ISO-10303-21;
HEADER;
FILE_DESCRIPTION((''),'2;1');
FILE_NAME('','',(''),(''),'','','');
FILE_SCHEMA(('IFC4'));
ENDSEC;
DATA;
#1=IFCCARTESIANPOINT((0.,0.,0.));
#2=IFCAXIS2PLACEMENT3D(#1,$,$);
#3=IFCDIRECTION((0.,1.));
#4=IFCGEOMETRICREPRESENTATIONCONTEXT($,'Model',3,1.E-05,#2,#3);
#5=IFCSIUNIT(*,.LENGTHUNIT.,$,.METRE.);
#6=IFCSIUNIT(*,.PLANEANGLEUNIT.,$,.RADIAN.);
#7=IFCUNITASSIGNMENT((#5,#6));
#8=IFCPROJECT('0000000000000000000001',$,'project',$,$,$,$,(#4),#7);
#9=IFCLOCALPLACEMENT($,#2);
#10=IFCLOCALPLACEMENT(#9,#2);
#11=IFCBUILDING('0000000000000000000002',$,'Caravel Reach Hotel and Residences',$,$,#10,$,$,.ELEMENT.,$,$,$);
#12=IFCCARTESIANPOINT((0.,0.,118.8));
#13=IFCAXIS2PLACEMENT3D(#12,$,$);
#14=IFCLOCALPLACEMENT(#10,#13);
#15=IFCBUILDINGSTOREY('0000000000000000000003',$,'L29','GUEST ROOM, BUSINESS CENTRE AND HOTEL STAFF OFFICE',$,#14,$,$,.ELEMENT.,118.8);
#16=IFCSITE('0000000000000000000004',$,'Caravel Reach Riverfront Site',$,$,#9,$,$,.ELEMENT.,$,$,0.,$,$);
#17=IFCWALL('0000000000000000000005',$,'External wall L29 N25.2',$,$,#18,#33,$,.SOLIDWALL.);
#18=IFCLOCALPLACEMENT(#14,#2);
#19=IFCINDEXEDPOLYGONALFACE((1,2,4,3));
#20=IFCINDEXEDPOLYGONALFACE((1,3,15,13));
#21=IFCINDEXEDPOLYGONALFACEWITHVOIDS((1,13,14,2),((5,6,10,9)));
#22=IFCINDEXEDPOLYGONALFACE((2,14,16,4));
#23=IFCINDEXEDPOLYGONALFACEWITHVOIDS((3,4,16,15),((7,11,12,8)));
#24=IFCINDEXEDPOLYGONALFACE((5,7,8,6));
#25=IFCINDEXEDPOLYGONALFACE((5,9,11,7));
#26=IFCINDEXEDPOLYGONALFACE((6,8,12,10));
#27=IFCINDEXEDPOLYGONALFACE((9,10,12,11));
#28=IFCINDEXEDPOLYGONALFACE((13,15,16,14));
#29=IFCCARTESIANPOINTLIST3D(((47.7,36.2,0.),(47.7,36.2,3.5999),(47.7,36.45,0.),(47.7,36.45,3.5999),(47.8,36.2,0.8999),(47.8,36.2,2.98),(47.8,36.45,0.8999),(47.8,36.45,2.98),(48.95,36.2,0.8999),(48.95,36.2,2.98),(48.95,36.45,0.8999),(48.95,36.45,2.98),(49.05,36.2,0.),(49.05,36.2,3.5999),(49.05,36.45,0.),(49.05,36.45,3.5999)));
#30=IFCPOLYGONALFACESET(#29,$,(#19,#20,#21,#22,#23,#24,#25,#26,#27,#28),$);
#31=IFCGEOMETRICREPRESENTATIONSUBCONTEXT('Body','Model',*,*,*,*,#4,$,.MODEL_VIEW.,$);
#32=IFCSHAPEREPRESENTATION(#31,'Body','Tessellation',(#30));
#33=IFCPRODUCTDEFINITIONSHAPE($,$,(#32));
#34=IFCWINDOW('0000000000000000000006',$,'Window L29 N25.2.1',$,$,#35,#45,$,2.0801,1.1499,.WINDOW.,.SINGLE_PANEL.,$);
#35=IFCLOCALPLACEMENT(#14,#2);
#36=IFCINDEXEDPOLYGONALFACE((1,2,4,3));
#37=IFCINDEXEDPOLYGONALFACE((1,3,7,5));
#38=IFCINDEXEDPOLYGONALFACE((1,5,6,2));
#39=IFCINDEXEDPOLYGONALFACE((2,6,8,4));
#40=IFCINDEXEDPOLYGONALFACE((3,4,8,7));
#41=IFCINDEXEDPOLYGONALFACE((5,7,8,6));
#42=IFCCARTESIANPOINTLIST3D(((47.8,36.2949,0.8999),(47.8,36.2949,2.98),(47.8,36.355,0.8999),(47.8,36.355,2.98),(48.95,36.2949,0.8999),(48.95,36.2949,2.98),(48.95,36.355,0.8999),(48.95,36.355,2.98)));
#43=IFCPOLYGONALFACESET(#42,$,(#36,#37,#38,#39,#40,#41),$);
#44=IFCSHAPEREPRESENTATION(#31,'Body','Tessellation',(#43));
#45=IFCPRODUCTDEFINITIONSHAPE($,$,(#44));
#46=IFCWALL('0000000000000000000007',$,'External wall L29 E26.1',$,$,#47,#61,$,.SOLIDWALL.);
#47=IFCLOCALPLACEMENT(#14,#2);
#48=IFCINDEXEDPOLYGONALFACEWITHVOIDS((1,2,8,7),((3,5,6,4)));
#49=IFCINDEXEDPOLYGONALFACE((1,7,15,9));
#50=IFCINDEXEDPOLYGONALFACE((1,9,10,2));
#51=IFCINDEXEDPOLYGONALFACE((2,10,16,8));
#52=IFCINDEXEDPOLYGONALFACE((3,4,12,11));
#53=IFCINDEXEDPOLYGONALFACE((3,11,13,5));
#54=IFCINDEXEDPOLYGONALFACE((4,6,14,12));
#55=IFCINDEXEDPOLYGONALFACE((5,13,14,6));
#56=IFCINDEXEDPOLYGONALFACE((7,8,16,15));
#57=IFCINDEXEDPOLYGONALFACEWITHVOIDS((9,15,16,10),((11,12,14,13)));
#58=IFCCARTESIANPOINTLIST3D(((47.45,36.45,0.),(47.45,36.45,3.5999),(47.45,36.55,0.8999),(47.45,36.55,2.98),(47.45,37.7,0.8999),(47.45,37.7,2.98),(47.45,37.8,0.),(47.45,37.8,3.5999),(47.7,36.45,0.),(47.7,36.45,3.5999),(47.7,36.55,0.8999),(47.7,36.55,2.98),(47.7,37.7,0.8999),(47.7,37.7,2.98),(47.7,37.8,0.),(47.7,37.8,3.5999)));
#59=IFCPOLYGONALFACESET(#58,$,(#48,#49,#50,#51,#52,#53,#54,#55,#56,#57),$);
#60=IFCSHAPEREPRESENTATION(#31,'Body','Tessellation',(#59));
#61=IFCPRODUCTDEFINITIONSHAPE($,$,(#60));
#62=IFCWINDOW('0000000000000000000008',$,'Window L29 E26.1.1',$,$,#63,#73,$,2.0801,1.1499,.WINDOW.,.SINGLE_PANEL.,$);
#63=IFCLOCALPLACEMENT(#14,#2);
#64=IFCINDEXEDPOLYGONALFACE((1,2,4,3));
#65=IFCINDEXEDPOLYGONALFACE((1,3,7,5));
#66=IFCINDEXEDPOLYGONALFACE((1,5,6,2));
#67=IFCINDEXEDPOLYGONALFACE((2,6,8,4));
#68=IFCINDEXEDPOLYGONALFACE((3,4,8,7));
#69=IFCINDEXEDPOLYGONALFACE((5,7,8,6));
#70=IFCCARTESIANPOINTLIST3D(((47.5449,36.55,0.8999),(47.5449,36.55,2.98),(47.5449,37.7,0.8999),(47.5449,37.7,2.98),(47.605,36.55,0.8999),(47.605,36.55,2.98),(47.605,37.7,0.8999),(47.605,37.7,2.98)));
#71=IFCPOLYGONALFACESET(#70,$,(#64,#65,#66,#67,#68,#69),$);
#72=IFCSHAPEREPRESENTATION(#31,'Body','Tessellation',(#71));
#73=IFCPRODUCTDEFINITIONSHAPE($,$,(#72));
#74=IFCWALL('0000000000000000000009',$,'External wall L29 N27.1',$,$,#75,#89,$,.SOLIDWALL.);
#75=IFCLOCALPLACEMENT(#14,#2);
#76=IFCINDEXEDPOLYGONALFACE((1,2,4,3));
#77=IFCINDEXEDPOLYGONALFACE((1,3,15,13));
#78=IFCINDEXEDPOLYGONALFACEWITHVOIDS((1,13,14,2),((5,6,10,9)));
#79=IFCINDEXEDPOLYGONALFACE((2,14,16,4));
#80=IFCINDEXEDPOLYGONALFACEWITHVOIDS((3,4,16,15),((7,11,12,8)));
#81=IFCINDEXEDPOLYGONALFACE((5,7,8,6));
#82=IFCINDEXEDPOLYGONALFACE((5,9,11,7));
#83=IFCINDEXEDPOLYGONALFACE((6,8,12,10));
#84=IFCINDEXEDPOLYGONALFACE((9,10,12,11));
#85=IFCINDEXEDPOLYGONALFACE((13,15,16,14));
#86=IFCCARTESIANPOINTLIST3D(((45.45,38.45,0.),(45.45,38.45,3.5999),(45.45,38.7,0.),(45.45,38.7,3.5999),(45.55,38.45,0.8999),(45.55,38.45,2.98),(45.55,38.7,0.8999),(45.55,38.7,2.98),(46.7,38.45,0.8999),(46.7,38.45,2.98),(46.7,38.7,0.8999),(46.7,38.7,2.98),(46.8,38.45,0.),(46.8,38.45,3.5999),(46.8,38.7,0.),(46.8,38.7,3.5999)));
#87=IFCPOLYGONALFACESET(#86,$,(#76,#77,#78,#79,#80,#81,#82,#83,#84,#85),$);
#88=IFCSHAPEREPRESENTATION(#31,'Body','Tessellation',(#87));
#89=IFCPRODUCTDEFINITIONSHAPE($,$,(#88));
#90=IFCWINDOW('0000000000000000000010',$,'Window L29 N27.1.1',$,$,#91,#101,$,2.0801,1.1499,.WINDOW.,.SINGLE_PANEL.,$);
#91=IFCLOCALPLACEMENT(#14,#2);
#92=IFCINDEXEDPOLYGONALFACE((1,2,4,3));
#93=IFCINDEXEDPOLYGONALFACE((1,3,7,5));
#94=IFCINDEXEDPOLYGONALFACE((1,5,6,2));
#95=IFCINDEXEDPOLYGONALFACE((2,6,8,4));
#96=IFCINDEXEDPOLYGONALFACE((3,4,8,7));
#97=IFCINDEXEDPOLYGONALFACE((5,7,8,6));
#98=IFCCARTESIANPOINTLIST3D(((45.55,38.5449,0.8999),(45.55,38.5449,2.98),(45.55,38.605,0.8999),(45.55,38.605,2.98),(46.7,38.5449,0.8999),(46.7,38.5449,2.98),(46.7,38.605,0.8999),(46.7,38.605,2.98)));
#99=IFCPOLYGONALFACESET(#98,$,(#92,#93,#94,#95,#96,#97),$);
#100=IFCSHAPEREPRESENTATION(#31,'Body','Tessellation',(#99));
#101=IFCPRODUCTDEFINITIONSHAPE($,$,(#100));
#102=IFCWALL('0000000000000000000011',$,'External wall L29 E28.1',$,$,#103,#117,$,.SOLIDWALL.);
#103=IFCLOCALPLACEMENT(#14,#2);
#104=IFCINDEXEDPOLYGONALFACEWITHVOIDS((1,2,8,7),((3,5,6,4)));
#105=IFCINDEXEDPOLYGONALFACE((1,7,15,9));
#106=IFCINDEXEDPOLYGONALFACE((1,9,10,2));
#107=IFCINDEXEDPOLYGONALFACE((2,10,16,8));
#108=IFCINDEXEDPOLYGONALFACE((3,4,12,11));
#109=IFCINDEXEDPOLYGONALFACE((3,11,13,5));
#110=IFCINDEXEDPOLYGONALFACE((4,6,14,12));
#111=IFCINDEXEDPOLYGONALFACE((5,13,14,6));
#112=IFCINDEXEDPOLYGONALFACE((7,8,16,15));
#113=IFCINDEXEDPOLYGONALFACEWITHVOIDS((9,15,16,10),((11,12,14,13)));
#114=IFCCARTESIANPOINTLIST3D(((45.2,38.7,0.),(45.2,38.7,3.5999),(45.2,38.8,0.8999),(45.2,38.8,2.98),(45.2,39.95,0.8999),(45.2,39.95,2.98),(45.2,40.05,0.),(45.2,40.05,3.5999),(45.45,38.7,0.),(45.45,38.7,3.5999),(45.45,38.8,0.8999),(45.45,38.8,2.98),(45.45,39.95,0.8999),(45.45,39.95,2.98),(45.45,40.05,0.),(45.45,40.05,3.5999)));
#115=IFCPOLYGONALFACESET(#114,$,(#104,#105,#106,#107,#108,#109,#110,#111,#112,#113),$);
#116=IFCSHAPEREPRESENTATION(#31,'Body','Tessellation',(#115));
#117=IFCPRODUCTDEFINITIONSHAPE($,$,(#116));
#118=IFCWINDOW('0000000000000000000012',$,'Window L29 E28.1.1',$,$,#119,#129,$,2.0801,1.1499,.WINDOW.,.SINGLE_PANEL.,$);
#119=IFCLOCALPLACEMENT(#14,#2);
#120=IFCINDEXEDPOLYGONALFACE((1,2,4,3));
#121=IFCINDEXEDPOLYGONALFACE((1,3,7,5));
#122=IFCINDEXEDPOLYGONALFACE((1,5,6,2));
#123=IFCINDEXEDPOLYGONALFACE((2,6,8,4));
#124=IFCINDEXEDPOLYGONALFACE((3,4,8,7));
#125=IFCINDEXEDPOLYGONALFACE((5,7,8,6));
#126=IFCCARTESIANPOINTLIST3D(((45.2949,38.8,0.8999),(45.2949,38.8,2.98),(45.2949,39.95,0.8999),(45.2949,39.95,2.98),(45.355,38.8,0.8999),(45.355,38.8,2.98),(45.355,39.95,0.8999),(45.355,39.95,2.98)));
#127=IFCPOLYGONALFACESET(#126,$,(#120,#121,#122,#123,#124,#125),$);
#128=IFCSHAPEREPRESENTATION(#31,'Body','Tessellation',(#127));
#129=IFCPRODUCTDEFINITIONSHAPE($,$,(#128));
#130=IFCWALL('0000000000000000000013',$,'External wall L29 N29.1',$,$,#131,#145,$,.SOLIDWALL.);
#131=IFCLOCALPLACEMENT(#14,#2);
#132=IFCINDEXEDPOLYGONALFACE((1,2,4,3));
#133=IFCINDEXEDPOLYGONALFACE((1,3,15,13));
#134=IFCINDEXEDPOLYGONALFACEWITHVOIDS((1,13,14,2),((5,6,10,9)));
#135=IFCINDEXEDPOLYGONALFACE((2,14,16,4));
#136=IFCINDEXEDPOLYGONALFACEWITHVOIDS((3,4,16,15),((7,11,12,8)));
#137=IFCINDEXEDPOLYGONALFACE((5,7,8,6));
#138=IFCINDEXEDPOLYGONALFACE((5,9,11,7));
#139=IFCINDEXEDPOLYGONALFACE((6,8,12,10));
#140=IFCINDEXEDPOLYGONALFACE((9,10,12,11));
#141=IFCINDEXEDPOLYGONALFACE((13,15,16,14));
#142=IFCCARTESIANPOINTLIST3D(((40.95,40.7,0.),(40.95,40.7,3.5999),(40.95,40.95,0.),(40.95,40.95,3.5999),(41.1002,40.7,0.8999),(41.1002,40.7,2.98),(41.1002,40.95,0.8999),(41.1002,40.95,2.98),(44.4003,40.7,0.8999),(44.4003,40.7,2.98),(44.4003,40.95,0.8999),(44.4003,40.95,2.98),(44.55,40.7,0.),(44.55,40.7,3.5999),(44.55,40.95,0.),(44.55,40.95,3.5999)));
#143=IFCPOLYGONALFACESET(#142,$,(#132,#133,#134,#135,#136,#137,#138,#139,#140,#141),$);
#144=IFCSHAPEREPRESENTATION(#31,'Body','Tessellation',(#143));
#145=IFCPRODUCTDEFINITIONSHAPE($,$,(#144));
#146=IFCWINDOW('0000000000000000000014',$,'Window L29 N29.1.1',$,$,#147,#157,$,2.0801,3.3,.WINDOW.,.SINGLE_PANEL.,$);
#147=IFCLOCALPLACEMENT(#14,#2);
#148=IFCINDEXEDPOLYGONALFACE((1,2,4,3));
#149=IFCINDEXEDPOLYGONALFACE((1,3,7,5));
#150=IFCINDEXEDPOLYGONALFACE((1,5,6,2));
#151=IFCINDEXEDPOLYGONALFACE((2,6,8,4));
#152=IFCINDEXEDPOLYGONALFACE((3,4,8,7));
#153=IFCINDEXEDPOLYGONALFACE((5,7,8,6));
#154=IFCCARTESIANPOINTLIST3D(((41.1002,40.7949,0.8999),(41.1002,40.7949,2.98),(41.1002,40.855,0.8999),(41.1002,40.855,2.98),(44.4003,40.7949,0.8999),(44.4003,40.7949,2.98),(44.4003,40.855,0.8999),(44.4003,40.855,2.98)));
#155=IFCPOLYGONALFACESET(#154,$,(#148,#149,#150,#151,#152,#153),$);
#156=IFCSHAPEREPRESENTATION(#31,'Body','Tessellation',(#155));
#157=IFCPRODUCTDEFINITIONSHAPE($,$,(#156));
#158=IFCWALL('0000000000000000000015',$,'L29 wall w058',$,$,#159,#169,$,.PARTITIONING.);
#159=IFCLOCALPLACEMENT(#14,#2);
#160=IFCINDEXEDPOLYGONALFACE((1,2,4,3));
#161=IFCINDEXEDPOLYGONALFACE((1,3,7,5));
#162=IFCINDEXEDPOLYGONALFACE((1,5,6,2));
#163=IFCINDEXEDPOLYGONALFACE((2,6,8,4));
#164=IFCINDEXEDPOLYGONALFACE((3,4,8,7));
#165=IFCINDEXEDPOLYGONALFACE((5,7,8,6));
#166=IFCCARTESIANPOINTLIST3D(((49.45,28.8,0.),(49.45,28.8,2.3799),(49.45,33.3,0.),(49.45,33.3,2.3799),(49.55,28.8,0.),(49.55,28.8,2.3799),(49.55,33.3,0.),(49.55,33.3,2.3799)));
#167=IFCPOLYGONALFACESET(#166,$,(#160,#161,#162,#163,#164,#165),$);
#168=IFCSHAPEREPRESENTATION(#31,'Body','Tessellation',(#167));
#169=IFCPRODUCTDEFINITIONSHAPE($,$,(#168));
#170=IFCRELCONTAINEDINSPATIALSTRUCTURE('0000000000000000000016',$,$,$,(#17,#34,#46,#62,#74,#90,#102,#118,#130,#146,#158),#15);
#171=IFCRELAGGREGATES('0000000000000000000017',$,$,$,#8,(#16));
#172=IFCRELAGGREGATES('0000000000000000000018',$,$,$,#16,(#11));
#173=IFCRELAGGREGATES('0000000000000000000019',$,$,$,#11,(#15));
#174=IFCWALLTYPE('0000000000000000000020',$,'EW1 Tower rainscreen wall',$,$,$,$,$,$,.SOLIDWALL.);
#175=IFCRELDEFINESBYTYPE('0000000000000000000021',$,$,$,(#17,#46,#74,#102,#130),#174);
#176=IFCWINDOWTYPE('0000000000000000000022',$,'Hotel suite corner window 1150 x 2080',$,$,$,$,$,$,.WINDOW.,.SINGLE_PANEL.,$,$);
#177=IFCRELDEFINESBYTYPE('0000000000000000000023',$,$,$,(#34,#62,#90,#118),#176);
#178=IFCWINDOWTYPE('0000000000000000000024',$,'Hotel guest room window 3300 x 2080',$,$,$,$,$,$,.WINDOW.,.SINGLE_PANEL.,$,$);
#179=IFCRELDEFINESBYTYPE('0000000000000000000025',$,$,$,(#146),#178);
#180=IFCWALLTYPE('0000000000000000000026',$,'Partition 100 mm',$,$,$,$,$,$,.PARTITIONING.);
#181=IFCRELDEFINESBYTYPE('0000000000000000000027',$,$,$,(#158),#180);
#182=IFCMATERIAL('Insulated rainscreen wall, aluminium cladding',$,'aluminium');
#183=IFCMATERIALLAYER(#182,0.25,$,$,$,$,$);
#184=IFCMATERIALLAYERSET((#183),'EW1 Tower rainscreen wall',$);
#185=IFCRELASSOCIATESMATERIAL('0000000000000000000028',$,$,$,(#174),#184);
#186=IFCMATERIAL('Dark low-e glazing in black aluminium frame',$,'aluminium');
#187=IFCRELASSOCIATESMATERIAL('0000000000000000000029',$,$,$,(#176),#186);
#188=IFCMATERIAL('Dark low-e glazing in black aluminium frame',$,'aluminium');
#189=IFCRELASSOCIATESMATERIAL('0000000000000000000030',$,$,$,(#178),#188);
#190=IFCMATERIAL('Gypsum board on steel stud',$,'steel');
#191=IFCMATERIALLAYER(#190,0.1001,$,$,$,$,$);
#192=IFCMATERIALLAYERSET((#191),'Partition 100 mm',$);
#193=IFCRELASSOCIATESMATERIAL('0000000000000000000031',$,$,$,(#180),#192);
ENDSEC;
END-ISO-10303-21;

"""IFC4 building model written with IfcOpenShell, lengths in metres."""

from ifc_helpers import new_model, si_unit, direction, frame, frame_2d, origin, place, context, subcontext, project, spatial, rectangle, extrude, material, layer, layer_set, type_object, element, fill, save


model = new_model("IFC4")

# Units and contexts
model_context = context("Model", 3, precision=1e-05, world=origin(), true_north=direction((0.0, 1.0)))
body_context = subcontext(model_context, "Body", "Model", "MODEL_VIEW")
ifc_project = project(units=[si_unit("LENGTHUNIT", "METRE"), si_unit("PLANEANGLEUNIT", "RADIAN")], contexts=[model_context])

# Site, building, storey
site_placement = place(None, origin())
site = spatial("IfcSite", under=ifc_project, at=site_placement, Name="Caravel Reach Riverfront Site", CompositionType="ELEMENT", RefElevation=0.0)
building_placement = place(site_placement, origin())
building = spatial("IfcBuilding", under=site, at=building_placement, Name="Caravel Reach Hotel and Residences", CompositionType="ELEMENT")
storey_placement = place(building_placement, frame((0.0, 0.0, 118.8)))
storey = spatial("IfcBuildingStorey", under=building, at=storey_placement, Name="L29", Description="GUEST ROOM, BUSINESS CENTRE AND HOTEL STAFF OFFICE", CompositionType="ELEMENT", Elevation=118.8)

# Walls, openings, windows
ifc_material_1 = material(Name="Insulated rainscreen wall, aluminium cladding", Category="aluminium")
ifc_layer_1 = layer(ifc_material_1, 0.25)
ifc_layer_set_1 = layer_set([ifc_layer_1], Name="EW1 Tower rainscreen wall")
wall_type_1 = type_object("IfcWallType", Name="EW1 Tower rainscreen wall", PredefinedType="SOLIDWALL", material=ifc_layer_set_1)
wall_1_placement = place(storey_placement, frame((49.05, 36.325, 0.0), z_axis=(0.0, 0.0, 1.0), x_axis=(-1.0, 0.0, 0.0)))
wall_1 = element("IfcWall", 1, at=wall_1_placement, inside=storey, type_object=wall_type_1, Name="External wall L29 N25.2", PredefinedType="SOLIDWALL", context=body_context, shape_type="SweptSolid", body=[
    extrude(rectangle(XDim=1.3501, YDim=0.25, at=frame_2d((0.675, 0.0))), origin(), (0.0, 0.0, 1.0), 3.5999),
])
opening_1_placement = place(wall_1_placement, frame((0.1001, 0.0, 0.8999)))
opening_1 = element("IfcOpeningElement", 2, at=opening_1_placement, cuts=wall_1, PredefinedType="OPENING", context=body_context, shape_type="SweptSolid", body=[
    extrude(rectangle(XDim=1.1499, YDim=2.0801, at=frame_2d((0.575, 1.04))), frame((0.0, 0.135, 0.0), z_axis=(0.0, -1.0, 0.0), x_axis=(1.0, 0.0, 0.0)), (0.0, 0.0, 1.0), 0.27),
])
ifc_material_2 = material(Name="Dark low-e glazing in black aluminium frame", Category="aluminium")
window_type_1 = type_object("IfcWindowType", Name="Hotel suite corner window 1150 x 2080", PartitioningType="SINGLE_PANEL", PredefinedType="WINDOW", material=ifc_material_2)
window_1_placement = place(opening_1_placement, origin())
window_1 = element("IfcWindow", 3, at=window_1_placement, inside=storey, type_object=window_type_1, Name="Window L29 N25.2.1", OverallHeight=2.0801, OverallWidth=1.1499, PartitioningType="SINGLE_PANEL", PredefinedType="WINDOW", context=body_context, shape_type="SweptSolid", body=[
    extrude(rectangle(XDim=1.1499, YDim=2.0801, at=frame_2d((0.575, 1.04))), frame((0.0, 0.03, 0.0), z_axis=(0.0, -1.0, 0.0), x_axis=(1.0, 0.0, 0.0)), (0.0, 0.0, 1.0), 0.0601),
])
fill(opening_1, window_1)
wall_2_placement = place(storey_placement, frame((47.575, 36.45, 0.0), z_axis=(0.0, 0.0, 1.0), x_axis=(0.0, 1.0, 0.0)))
wall_2 = element("IfcWall", 4, at=wall_2_placement, inside=storey, type_object=wall_type_1, Name="External wall L29 E26.1", PredefinedType="SOLIDWALL", context=body_context, shape_type="SweptSolid", body=[
    extrude(rectangle(XDim=1.3501, YDim=0.25, at=frame_2d((0.675, 0.0))), origin(), (0.0, 0.0, 1.0), 3.5999),
])
opening_2_placement = place(wall_2_placement, frame((0.1001, 0.0, 0.8999)))
opening_2 = element("IfcOpeningElement", 5, at=opening_2_placement, cuts=wall_2, PredefinedType="OPENING", context=body_context, shape_type="SweptSolid", body=[
    extrude(rectangle(XDim=1.1499, YDim=2.0801, at=frame_2d((0.575, 1.04))), frame((0.0, 0.135, 0.0), z_axis=(0.0, -1.0, 0.0), x_axis=(1.0, 0.0, 0.0)), (0.0, 0.0, 1.0), 0.27),
])
window_2_placement = place(opening_2_placement, origin())
window_2 = element("IfcWindow", 6, at=window_2_placement, inside=storey, type_object=window_type_1, Name="Window L29 E26.1.1", OverallHeight=2.0801, OverallWidth=1.1499, PartitioningType="SINGLE_PANEL", PredefinedType="WINDOW", context=body_context, shape_type="SweptSolid", body=[
    extrude(rectangle(XDim=1.1499, YDim=2.0801, at=frame_2d((0.575, 1.04))), frame((0.0, 0.03, 0.0), z_axis=(0.0, -1.0, 0.0), x_axis=(1.0, 0.0, 0.0)), (0.0, 0.0, 1.0), 0.0601),
])
fill(opening_2, window_2)
wall_3_placement = place(storey_placement, frame((46.8, 38.575, 0.0), z_axis=(0.0, 0.0, 1.0), x_axis=(-1.0, 0.0, 0.0)))
wall_3 = element("IfcWall", 7, at=wall_3_placement, inside=storey, type_object=wall_type_1, Name="External wall L29 N27.1", PredefinedType="SOLIDWALL", context=body_context, shape_type="SweptSolid", body=[
    extrude(rectangle(XDim=1.3501, YDim=0.25, at=frame_2d((0.675, 0.0))), origin(), (0.0, 0.0, 1.0), 3.5999),
])
opening_3_placement = place(wall_3_placement, frame((0.1001, 0.0, 0.8999)))
opening_3 = element("IfcOpeningElement", 8, at=opening_3_placement, cuts=wall_3, PredefinedType="OPENING", context=body_context, shape_type="SweptSolid", body=[
    extrude(rectangle(XDim=1.1499, YDim=2.0801, at=frame_2d((0.575, 1.04))), frame((0.0, 0.135, 0.0), z_axis=(0.0, -1.0, 0.0), x_axis=(1.0, 0.0, 0.0)), (0.0, 0.0, 1.0), 0.27),
])
window_3_placement = place(opening_3_placement, origin())
window_3 = element("IfcWindow", 9, at=window_3_placement, inside=storey, type_object=window_type_1, Name="Window L29 N27.1.1", OverallHeight=2.0801, OverallWidth=1.1499, PartitioningType="SINGLE_PANEL", PredefinedType="WINDOW", context=body_context, shape_type="SweptSolid", body=[
    extrude(rectangle(XDim=1.1499, YDim=2.0801, at=frame_2d((0.575, 1.04))), frame((0.0, 0.03, 0.0), z_axis=(0.0, -1.0, 0.0), x_axis=(1.0, 0.0, 0.0)), (0.0, 0.0, 1.0), 0.0601),
])
fill(opening_3, window_3)
wall_4_placement = place(storey_placement, frame((45.325, 38.7, 0.0), z_axis=(0.0, 0.0, 1.0), x_axis=(0.0, 1.0, 0.0)))
wall_4 = element("IfcWall", 10, at=wall_4_placement, inside=storey, type_object=wall_type_1, Name="External wall L29 E28.1", PredefinedType="SOLIDWALL", context=body_context, shape_type="SweptSolid", body=[
    extrude(rectangle(XDim=1.3501, YDim=0.25, at=frame_2d((0.675, 0.0))), origin(), (0.0, 0.0, 1.0), 3.5999),
])
opening_4_placement = place(wall_4_placement, frame((0.1001, 0.0, 0.8999)))
opening_4 = element("IfcOpeningElement", 11, at=opening_4_placement, cuts=wall_4, PredefinedType="OPENING", context=body_context, shape_type="SweptSolid", body=[
    extrude(rectangle(XDim=1.1499, YDim=2.0801, at=frame_2d((0.575, 1.04))), frame((0.0, 0.135, 0.0), z_axis=(0.0, -1.0, 0.0), x_axis=(1.0, 0.0, 0.0)), (0.0, 0.0, 1.0), 0.27),
])
window_4_placement = place(opening_4_placement, origin())
window_4 = element("IfcWindow", 12, at=window_4_placement, inside=storey, type_object=window_type_1, Name="Window L29 E28.1.1", OverallHeight=2.0801, OverallWidth=1.1499, PartitioningType="SINGLE_PANEL", PredefinedType="WINDOW", context=body_context, shape_type="SweptSolid", body=[
    extrude(rectangle(XDim=1.1499, YDim=2.0801, at=frame_2d((0.575, 1.04))), frame((0.0, 0.03, 0.0), z_axis=(0.0, -1.0, 0.0), x_axis=(1.0, 0.0, 0.0)), (0.0, 0.0, 1.0), 0.0601),
])
fill(opening_4, window_4)
wall_5_placement = place(storey_placement, frame((44.55, 40.825, 0.0), z_axis=(0.0, 0.0, 1.0), x_axis=(-1.0, 0.0, 0.0)))
wall_5 = element("IfcWall", 13, at=wall_5_placement, inside=storey, type_object=wall_type_1, Name="External wall L29 N29.1", PredefinedType="SOLIDWALL", context=body_context, shape_type="SweptSolid", body=[
    extrude(rectangle(XDim=3.6001, YDim=0.25, at=frame_2d((1.8, 0.0))), origin(), (0.0, 0.0, 1.0), 3.5999),
])
opening_5_placement = place(wall_5_placement, frame((0.1499, 0.0, 0.8999)))
opening_5 = element("IfcOpeningElement", 14, at=opening_5_placement, cuts=wall_5, PredefinedType="OPENING", context=body_context, shape_type="SweptSolid", body=[
    extrude(rectangle(XDim=3.3, YDim=2.0801, at=frame_2d((1.6499, 1.04))), frame((0.0, 0.135, 0.0), z_axis=(0.0, -1.0, 0.0), x_axis=(1.0, 0.0, 0.0)), (0.0, 0.0, 1.0), 0.27),
])
ifc_material_3 = material(Name="Dark low-e glazing in black aluminium frame", Category="aluminium")
window_type_2 = type_object("IfcWindowType", Name="Hotel guest room window 3300 x 2080", PartitioningType="SINGLE_PANEL", PredefinedType="WINDOW", material=ifc_material_3)
window_5_placement = place(opening_5_placement, origin())
window_5 = element("IfcWindow", 15, at=window_5_placement, inside=storey, type_object=window_type_2, Name="Window L29 N29.1.1", OverallHeight=2.0801, OverallWidth=3.3, PartitioningType="SINGLE_PANEL", PredefinedType="WINDOW", context=body_context, shape_type="SweptSolid", body=[
    extrude(rectangle(XDim=3.3, YDim=2.0801, at=frame_2d((1.6499, 1.04))), frame((0.0, 0.03, 0.0), z_axis=(0.0, -1.0, 0.0), x_axis=(1.0, 0.0, 0.0)), (0.0, 0.0, 1.0), 0.0601),
])
fill(opening_5, window_5)

# Wall
ifc_material_4 = material(Name="Gypsum board on steel stud", Category="steel")
ifc_layer_2 = layer(ifc_material_4, 0.1001)
ifc_layer_set_2 = layer_set([ifc_layer_2], Name="Partition 100 mm")
wall_type_2 = type_object("IfcWallType", Name="Partition 100 mm", PredefinedType="PARTITIONING", material=ifc_layer_set_2)
wall_6_placement = place(storey_placement, frame((49.5, 28.8, 0.0), z_axis=(0.0, 0.0, 1.0), x_axis=(0.0, 1.0, 0.0)))
element("IfcWall", 16, at=wall_6_placement, inside=storey, type_object=wall_type_2, Name="L29 wall w058", PredefinedType="PARTITIONING", context=body_context, shape_type="SweptSolid", body=[
    extrude(rectangle(XDim=4.5, YDim=0.1001, at=frame_2d((2.25, 0.0))), origin(), (0.0, 0.0, 1.0), 2.3799),
])

save(model, "model.ifc")
